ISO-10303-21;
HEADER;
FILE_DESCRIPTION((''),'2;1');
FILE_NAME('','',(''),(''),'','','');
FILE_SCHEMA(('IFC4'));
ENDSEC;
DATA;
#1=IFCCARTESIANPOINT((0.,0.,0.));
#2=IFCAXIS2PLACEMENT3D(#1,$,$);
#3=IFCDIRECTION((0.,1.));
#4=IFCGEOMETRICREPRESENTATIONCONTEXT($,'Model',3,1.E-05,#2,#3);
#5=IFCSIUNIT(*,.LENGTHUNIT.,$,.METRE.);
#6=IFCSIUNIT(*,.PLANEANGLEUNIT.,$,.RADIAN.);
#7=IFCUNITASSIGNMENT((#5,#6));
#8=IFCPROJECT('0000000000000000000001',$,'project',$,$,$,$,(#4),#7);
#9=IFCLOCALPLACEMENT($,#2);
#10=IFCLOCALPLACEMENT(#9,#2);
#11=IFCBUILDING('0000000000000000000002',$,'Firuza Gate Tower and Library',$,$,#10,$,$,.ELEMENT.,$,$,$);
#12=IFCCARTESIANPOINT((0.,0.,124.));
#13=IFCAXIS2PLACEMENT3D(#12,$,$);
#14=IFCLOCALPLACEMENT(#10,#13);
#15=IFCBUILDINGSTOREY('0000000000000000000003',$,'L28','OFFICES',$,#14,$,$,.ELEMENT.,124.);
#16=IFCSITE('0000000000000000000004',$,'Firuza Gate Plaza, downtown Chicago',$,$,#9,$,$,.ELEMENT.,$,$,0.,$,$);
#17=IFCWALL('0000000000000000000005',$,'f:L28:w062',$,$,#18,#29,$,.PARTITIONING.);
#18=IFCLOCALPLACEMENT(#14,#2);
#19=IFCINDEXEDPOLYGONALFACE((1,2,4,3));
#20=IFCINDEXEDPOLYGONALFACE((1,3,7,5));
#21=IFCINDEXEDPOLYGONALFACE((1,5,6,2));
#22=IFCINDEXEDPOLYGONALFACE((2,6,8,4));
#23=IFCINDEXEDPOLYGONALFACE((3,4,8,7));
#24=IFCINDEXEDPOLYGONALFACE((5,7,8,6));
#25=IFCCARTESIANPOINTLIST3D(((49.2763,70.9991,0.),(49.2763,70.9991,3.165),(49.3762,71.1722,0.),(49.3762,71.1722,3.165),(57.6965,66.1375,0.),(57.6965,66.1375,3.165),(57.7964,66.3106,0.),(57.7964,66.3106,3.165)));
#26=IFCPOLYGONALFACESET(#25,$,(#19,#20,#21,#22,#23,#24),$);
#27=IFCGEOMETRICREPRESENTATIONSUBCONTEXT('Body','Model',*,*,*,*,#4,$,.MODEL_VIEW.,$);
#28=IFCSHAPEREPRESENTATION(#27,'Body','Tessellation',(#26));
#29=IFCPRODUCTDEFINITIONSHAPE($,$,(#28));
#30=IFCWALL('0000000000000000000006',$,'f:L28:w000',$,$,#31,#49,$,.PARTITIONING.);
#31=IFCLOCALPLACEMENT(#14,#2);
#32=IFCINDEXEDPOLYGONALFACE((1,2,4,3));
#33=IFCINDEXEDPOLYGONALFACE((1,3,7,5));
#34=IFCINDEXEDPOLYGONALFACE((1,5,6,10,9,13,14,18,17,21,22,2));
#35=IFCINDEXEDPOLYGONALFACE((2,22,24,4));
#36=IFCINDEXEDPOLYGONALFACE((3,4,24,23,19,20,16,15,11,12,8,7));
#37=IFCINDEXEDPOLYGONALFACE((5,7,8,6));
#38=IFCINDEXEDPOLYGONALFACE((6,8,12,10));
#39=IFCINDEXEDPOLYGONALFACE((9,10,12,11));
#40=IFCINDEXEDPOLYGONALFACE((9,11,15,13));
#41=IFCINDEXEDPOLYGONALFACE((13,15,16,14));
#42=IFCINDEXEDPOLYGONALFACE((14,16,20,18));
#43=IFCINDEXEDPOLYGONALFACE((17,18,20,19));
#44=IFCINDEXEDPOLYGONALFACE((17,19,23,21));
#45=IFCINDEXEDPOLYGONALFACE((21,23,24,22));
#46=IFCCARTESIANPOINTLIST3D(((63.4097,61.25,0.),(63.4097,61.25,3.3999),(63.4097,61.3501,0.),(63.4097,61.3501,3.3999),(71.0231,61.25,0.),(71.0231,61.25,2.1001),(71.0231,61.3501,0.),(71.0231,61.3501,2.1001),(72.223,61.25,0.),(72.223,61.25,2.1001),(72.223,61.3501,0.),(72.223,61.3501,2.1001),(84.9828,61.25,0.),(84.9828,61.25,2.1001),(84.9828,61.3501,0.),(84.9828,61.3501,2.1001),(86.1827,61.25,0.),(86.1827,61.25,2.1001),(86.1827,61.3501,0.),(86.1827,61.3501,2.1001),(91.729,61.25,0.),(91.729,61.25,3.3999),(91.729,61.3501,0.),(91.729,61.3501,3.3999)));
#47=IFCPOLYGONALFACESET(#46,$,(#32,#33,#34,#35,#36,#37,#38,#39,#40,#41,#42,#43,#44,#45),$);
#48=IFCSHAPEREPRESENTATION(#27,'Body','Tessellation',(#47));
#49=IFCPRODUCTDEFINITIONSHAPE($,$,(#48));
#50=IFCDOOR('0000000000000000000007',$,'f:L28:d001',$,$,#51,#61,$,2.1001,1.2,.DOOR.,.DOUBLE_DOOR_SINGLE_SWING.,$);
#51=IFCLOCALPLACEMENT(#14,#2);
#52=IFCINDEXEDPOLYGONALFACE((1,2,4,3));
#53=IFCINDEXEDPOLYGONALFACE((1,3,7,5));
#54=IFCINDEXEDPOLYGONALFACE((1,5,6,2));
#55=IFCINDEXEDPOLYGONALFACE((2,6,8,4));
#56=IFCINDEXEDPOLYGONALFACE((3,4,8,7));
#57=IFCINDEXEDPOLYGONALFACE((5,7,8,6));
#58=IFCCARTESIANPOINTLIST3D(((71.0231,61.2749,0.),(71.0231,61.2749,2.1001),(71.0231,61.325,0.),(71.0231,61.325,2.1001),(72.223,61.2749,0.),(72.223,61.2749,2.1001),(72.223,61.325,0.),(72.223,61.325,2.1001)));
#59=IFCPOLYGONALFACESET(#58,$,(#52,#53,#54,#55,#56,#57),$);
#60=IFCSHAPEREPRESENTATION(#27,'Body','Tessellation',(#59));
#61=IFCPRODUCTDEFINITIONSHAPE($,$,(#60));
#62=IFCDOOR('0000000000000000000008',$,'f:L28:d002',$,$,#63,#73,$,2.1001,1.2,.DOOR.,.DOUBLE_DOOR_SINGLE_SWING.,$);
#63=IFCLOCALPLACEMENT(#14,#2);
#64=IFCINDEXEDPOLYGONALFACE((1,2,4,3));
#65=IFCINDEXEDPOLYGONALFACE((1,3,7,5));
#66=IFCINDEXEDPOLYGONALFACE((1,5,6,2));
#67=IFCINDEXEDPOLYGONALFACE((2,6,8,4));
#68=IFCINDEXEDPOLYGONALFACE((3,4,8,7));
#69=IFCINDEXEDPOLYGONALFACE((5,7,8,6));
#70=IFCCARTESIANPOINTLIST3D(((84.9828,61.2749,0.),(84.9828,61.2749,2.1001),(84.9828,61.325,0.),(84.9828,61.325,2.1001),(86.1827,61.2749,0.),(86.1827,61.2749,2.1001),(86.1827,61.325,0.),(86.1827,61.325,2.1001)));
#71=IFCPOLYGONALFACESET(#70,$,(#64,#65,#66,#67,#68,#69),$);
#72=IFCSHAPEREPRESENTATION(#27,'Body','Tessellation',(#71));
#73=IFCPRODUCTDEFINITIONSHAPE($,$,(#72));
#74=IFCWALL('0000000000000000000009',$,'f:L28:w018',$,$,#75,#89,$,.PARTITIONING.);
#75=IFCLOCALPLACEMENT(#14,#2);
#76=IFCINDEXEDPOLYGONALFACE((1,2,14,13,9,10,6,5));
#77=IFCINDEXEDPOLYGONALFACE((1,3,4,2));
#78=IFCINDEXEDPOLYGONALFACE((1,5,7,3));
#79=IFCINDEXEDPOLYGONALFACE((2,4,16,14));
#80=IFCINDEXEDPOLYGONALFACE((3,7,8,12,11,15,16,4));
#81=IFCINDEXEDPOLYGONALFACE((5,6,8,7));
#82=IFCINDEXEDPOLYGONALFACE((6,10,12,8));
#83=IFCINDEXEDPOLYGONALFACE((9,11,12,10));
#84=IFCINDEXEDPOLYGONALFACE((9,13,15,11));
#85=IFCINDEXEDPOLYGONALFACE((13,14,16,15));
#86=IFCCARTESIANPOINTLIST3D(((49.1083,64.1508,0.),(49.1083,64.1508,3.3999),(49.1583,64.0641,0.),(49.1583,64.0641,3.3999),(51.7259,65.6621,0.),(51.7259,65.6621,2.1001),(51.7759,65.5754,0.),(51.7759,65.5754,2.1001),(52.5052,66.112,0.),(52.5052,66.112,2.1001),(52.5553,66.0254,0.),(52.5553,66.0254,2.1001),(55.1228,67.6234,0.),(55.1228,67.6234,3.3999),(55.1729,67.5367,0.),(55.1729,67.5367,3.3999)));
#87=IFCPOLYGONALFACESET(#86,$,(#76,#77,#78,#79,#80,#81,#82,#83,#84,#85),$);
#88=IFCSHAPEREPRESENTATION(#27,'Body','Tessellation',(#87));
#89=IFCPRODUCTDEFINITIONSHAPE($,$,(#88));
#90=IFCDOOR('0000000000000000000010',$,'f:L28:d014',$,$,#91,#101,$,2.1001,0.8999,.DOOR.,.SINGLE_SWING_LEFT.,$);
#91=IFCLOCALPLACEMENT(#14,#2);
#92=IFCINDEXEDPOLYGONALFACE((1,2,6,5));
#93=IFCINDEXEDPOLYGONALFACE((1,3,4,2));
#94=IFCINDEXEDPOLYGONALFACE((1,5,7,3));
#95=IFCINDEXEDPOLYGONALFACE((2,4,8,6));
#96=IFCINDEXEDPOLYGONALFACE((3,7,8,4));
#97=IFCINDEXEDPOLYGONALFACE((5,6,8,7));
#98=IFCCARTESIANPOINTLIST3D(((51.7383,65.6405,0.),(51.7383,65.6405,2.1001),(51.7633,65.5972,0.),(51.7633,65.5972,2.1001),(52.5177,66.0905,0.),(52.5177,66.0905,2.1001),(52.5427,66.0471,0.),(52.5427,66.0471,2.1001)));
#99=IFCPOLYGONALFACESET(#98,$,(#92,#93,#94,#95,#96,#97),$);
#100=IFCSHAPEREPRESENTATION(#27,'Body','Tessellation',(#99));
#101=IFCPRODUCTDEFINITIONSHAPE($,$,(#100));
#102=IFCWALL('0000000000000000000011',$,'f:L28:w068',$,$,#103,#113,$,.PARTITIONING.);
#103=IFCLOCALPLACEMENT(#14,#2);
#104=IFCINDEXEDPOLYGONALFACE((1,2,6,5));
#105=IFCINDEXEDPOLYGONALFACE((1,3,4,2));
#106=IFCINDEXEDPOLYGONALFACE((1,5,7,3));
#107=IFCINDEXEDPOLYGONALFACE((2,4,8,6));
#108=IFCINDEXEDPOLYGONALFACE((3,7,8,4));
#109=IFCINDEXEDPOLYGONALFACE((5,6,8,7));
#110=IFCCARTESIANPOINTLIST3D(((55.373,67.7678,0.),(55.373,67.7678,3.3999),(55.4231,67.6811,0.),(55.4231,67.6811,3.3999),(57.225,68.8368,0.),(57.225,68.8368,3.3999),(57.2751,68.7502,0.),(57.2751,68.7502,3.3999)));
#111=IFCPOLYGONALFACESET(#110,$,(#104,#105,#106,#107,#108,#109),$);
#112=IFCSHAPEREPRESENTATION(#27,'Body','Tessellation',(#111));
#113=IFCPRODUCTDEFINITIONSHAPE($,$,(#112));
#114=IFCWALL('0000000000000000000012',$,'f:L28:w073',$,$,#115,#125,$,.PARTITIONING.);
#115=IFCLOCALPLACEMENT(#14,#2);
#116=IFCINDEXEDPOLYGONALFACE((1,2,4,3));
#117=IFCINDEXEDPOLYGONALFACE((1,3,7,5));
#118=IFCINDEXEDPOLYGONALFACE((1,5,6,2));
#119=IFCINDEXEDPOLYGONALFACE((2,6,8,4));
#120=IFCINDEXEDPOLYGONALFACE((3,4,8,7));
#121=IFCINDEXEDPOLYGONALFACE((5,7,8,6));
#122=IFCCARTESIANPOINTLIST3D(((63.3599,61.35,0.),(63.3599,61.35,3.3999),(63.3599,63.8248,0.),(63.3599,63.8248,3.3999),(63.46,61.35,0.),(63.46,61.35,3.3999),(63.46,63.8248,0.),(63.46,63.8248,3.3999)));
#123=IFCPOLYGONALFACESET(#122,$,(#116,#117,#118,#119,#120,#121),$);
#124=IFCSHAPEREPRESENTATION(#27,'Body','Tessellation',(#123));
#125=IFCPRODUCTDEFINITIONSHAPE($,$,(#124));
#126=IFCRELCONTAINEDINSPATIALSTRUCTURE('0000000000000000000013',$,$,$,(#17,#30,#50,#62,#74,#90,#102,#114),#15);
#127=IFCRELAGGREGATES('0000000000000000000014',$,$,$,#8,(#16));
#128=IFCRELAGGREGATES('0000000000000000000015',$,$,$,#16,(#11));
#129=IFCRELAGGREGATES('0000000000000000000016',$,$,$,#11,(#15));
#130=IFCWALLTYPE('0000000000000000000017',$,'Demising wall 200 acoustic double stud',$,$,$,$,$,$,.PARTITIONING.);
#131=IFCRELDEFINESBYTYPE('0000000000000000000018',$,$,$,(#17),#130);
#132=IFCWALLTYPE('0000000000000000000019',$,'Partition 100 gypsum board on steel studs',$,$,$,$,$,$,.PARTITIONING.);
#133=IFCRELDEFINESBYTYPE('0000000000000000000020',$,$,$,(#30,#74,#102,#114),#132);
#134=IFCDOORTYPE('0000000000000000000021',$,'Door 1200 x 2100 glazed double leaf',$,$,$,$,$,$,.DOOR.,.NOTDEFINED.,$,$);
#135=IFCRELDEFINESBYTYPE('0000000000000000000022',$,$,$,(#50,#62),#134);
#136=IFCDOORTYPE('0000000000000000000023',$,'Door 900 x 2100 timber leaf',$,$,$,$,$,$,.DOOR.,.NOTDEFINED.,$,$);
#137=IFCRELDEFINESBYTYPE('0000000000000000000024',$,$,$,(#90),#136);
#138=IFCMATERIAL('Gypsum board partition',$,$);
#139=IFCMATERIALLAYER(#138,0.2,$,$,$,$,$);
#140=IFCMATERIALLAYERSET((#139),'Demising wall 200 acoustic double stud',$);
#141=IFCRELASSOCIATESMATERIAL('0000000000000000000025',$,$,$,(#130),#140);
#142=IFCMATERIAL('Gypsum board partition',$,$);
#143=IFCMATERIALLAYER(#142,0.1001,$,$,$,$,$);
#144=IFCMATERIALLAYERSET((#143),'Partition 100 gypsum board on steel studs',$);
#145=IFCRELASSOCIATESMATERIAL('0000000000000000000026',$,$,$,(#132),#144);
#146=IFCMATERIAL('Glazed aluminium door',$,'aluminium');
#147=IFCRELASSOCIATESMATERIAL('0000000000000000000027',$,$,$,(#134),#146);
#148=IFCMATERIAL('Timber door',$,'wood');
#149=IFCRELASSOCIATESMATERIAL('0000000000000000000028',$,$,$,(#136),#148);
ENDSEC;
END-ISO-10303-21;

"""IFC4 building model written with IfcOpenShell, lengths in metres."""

from ifc_helpers import new_model, si_unit, direction, frame, frame_2d, origin, place, context, subcontext, project, spatial, rectangle, extrude, material, layer, layer_set, type_object, element, fill, save


model = new_model("IFC4")

# Units and contexts
model_context = context("Model", 3, precision=1e-05, world=origin(), true_north=direction((0.0, 1.0)))
body_context = subcontext(model_context, "Body", "Model", "MODEL_VIEW")
ifc_project = project(units=[si_unit("LENGTHUNIT", "METRE"), si_unit("PLANEANGLEUNIT", "RADIAN")], contexts=[model_context])

# Site, building, storey
site_placement = place(None, origin())
site = spatial("IfcSite", under=ifc_project, at=site_placement, Name="Firuza Gate Plaza, downtown Chicago", CompositionType="ELEMENT", RefElevation=0.0)
building_placement = place(site_placement, origin())
building = spatial("IfcBuilding", under=site, at=building_placement, Name="Firuza Gate Tower and Library", CompositionType="ELEMENT")
storey_placement = place(building_placement, frame((0.0, 0.0, 124.0)))
storey = spatial("IfcBuildingStorey", under=building, at=storey_placement, Name="L28", Description="OFFICES", CompositionType="ELEMENT", Elevation=124.0)

# Wall
ifc_material_1 = material(Name="Gypsum board partition")
ifc_layer_1 = layer(ifc_material_1, 0.2)
ifc_layer_set_1 = layer_set([ifc_layer_1], Name="Demising wall 200 acoustic double stud")
wall_type_1 = type_object("IfcWallType", Name="Demising wall 200 acoustic double stud", PredefinedType="PARTITIONING", material=ifc_layer_set_1)
wall_1_placement = place(storey_placement, frame((57.7463, 66.2241, 0.0), z_axis=(0.0, 0.0, 1.0), x_axis=(-0.866017, 0.500014, 0.0)))
element("IfcWall", 1, at=wall_1_placement, inside=storey, type_object=wall_type_1, Name="f:L28:w062", PredefinedType="PARTITIONING", context=body_context, shape_type="SweptSolid", body=[
    extrude(rectangle(XDim=9.7229, YDim=0.2, at=frame_2d((4.8613, 0.0))), origin(), (0.0, 0.0, 1.0), 3.165),
])

# Wall, openings, doors
ifc_material_2 = material(Name="Gypsum board partition")
ifc_layer_2 = layer(ifc_material_2, 0.1001)
ifc_layer_set_2 = layer_set([ifc_layer_2], Name="Partition 100 gypsum board on steel studs")
wall_type_2 = type_object("IfcWallType", Name="Partition 100 gypsum board on steel studs", PredefinedType="PARTITIONING", material=ifc_layer_set_2)
wall_2_placement = place(storey_placement, frame((63.4097, 61.3, 0.0), z_axis=(0.0, 0.0, 1.0), x_axis=(1.0, 0.0, 0.0)))
wall_2 = element("IfcWall", 2, at=wall_2_placement, inside=storey, type_object=wall_type_2, Name="f:L28:w000", PredefinedType="PARTITIONING", context=body_context, shape_type="SweptSolid", body=[
    extrude(rectangle(XDim=28.3193, YDim=0.1001, at=frame_2d((14.1597, 0.0))), origin(), (0.0, 0.0, 1.0), 3.3999),
])
opening_1_placement = place(wall_2_placement, frame((7.6133, 0.0, 0.0)))
opening_1 = element("IfcOpeningElement", 3, at=opening_1_placement, cuts=wall_2, PredefinedType="OPENING", context=body_context, shape_type="SweptSolid", body=[
    extrude(rectangle(XDim=1.2, YDim=2.1001, at=frame_2d((0.6001, 1.05))), frame((0.0, 0.0601, 0.0), z_axis=(0.0, -1.0, 0.0), x_axis=(1.0, 0.0, 0.0)), (0.0, 0.0, 1.0), 0.1201),
])
opening_2_placement = place(wall_2_placement, frame((21.573, 0.0, 0.0)))
opening_2 = element("IfcOpeningElement", 4, at=opening_2_placement, cuts=wall_2, PredefinedType="OPENING", context=body_context, shape_type="SweptSolid", body=[
    extrude(rectangle(XDim=1.2, YDim=2.1001, at=frame_2d((0.6001, 1.05))), frame((0.0, 0.0601, 0.0), z_axis=(0.0, -1.0, 0.0), x_axis=(1.0, 0.0, 0.0)), (0.0, 0.0, 1.0), 0.1201),
])
ifc_material_3 = material(Name="Glazed aluminium door", Category="aluminium")
door_type_1 = type_object("IfcDoorType", Name="Door 1200 x 2100 glazed double leaf", OperationType="NOTDEFINED", PredefinedType="DOOR", material=ifc_material_3)
door_1_placement = place(opening_1_placement, origin())
door_1 = element("IfcDoor", 5, at=door_1_placement, inside=storey, type_object=door_type_1, Name="f:L28:d001", OperationType="DOUBLE_DOOR_SINGLE_SWING", OverallHeight=2.1001, OverallWidth=1.2, PredefinedType="DOOR", context=body_context, shape_type="SweptSolid", body=[
    extrude(rectangle(XDim=1.2, YDim=2.1001, at=frame_2d((0.6001, 1.05))), frame((0.0, 0.0249, 0.0), z_axis=(0.0, -1.0, 0.0), x_axis=(1.0, 0.0, 0.0)), (0.0, 0.0, 1.0), 0.05),
])
fill(opening_1, door_1)
door_2_placement = place(opening_2_placement, origin())
door_2 = element("IfcDoor", 6, at=door_2_placement, inside=storey, type_object=door_type_1, Name="f:L28:d002", OperationType="DOUBLE_DOOR_SINGLE_SWING", OverallHeight=2.1001, OverallWidth=1.2, PredefinedType="DOOR", context=body_context, shape_type="SweptSolid", body=[
    extrude(rectangle(XDim=1.2, YDim=2.1001, at=frame_2d((0.6001, 1.05))), frame((0.0, 0.0249, 0.0), z_axis=(0.0, -1.0, 0.0), x_axis=(1.0, 0.0, 0.0)), (0.0, 0.0, 1.0), 0.05),
])
fill(opening_2, door_2)

# Wall, opening, door
wall_3_placement = place(storey_placement, frame((55.1479, 67.5801, 0.0), z_axis=(0.0, 0.0, 1.0), x_axis=(-0.866019, -0.500011, 0.0)))
wall_3 = element("IfcWall", 7, at=wall_3_placement, inside=storey, type_object=wall_type_2, Name="f:L28:w018", PredefinedType="PARTITIONING", context=body_context, shape_type="SweptSolid", body=[
    extrude(rectangle(XDim=6.9451, YDim=0.1001, at=frame_2d((3.4727, 0.0))), origin(), (0.0, 0.0, 1.0), 3.3999),
])
opening_3_placement = place(wall_3_placement, frame((3.0227, 0.0, 0.0)))
opening_3 = element("IfcOpeningElement", 8, at=opening_3_placement, cuts=wall_3, PredefinedType="OPENING", context=body_context, shape_type="SweptSolid", body=[
    extrude(rectangle(XDim=0.8999, YDim=2.1001, at=frame_2d((0.45, 1.05))), frame((0.0, 0.0601, 0.0), z_axis=(0.0, -1.0, 0.0), x_axis=(1.0, 0.0, 0.0)), (0.0, 0.0, 1.0), 0.1201),
])
ifc_material_4 = material(Name="Timber door", Category="wood")
door_type_2 = type_object("IfcDoorType", Name="Door 900 x 2100 timber leaf", OperationType="NOTDEFINED", PredefinedType="DOOR", material=ifc_material_4)
door_3_placement = place(opening_3_placement, origin())
door_3 = element("IfcDoor", 9, at=door_3_placement, inside=storey, type_object=door_type_2, Name="f:L28:d014", OperationType="SINGLE_SWING_LEFT", OverallHeight=2.1001, OverallWidth=0.8999, PredefinedType="DOOR", context=body_context, shape_type="SweptSolid", body=[
    extrude(rectangle(XDim=0.8999, YDim=2.1001, at=frame_2d((0.45, 1.05))), frame((0.0, 0.0249, 0.0), z_axis=(0.0, -1.0, 0.0), x_axis=(1.0, 0.0, 0.0)), (0.0, 0.0, 1.0), 0.05),
])
fill(opening_3, door_3)

# Walls
wall_4_placement = place(storey_placement, frame((55.3979, 67.7244, 0.0), z_axis=(0.0, 0.0, 1.0), x_axis=(0.866064, 0.499933, 0.0)))
element("IfcWall", 10, at=wall_4_placement, inside=storey, type_object=wall_type_2, Name="f:L28:w068", PredefinedType="PARTITIONING", context=body_context, shape_type="SweptSolid", body=[
    extrude(rectangle(XDim=2.1384, YDim=0.1001, at=frame_2d((1.0693, 0.0))), origin(), (0.0, 0.0, 1.0), 3.3999),
])
wall_5_placement = place(storey_placement, frame((63.4099, 61.3501, 0.0), z_axis=(0.0, 0.0, 1.0), x_axis=(0.0, 1.0, 0.0)))
element("IfcWall", 11, at=wall_5_placement, inside=storey, type_object=wall_type_2, Name="f:L28:w073", PredefinedType="PARTITIONING", context=body_context, shape_type="SweptSolid", body=[
    extrude(rectangle(XDim=2.4749, YDim=0.1001, at=frame_2d((1.2373, 0.0))), origin(), (0.0, 0.0, 1.0), 3.3999),
])

save(model, "model.ifc")
